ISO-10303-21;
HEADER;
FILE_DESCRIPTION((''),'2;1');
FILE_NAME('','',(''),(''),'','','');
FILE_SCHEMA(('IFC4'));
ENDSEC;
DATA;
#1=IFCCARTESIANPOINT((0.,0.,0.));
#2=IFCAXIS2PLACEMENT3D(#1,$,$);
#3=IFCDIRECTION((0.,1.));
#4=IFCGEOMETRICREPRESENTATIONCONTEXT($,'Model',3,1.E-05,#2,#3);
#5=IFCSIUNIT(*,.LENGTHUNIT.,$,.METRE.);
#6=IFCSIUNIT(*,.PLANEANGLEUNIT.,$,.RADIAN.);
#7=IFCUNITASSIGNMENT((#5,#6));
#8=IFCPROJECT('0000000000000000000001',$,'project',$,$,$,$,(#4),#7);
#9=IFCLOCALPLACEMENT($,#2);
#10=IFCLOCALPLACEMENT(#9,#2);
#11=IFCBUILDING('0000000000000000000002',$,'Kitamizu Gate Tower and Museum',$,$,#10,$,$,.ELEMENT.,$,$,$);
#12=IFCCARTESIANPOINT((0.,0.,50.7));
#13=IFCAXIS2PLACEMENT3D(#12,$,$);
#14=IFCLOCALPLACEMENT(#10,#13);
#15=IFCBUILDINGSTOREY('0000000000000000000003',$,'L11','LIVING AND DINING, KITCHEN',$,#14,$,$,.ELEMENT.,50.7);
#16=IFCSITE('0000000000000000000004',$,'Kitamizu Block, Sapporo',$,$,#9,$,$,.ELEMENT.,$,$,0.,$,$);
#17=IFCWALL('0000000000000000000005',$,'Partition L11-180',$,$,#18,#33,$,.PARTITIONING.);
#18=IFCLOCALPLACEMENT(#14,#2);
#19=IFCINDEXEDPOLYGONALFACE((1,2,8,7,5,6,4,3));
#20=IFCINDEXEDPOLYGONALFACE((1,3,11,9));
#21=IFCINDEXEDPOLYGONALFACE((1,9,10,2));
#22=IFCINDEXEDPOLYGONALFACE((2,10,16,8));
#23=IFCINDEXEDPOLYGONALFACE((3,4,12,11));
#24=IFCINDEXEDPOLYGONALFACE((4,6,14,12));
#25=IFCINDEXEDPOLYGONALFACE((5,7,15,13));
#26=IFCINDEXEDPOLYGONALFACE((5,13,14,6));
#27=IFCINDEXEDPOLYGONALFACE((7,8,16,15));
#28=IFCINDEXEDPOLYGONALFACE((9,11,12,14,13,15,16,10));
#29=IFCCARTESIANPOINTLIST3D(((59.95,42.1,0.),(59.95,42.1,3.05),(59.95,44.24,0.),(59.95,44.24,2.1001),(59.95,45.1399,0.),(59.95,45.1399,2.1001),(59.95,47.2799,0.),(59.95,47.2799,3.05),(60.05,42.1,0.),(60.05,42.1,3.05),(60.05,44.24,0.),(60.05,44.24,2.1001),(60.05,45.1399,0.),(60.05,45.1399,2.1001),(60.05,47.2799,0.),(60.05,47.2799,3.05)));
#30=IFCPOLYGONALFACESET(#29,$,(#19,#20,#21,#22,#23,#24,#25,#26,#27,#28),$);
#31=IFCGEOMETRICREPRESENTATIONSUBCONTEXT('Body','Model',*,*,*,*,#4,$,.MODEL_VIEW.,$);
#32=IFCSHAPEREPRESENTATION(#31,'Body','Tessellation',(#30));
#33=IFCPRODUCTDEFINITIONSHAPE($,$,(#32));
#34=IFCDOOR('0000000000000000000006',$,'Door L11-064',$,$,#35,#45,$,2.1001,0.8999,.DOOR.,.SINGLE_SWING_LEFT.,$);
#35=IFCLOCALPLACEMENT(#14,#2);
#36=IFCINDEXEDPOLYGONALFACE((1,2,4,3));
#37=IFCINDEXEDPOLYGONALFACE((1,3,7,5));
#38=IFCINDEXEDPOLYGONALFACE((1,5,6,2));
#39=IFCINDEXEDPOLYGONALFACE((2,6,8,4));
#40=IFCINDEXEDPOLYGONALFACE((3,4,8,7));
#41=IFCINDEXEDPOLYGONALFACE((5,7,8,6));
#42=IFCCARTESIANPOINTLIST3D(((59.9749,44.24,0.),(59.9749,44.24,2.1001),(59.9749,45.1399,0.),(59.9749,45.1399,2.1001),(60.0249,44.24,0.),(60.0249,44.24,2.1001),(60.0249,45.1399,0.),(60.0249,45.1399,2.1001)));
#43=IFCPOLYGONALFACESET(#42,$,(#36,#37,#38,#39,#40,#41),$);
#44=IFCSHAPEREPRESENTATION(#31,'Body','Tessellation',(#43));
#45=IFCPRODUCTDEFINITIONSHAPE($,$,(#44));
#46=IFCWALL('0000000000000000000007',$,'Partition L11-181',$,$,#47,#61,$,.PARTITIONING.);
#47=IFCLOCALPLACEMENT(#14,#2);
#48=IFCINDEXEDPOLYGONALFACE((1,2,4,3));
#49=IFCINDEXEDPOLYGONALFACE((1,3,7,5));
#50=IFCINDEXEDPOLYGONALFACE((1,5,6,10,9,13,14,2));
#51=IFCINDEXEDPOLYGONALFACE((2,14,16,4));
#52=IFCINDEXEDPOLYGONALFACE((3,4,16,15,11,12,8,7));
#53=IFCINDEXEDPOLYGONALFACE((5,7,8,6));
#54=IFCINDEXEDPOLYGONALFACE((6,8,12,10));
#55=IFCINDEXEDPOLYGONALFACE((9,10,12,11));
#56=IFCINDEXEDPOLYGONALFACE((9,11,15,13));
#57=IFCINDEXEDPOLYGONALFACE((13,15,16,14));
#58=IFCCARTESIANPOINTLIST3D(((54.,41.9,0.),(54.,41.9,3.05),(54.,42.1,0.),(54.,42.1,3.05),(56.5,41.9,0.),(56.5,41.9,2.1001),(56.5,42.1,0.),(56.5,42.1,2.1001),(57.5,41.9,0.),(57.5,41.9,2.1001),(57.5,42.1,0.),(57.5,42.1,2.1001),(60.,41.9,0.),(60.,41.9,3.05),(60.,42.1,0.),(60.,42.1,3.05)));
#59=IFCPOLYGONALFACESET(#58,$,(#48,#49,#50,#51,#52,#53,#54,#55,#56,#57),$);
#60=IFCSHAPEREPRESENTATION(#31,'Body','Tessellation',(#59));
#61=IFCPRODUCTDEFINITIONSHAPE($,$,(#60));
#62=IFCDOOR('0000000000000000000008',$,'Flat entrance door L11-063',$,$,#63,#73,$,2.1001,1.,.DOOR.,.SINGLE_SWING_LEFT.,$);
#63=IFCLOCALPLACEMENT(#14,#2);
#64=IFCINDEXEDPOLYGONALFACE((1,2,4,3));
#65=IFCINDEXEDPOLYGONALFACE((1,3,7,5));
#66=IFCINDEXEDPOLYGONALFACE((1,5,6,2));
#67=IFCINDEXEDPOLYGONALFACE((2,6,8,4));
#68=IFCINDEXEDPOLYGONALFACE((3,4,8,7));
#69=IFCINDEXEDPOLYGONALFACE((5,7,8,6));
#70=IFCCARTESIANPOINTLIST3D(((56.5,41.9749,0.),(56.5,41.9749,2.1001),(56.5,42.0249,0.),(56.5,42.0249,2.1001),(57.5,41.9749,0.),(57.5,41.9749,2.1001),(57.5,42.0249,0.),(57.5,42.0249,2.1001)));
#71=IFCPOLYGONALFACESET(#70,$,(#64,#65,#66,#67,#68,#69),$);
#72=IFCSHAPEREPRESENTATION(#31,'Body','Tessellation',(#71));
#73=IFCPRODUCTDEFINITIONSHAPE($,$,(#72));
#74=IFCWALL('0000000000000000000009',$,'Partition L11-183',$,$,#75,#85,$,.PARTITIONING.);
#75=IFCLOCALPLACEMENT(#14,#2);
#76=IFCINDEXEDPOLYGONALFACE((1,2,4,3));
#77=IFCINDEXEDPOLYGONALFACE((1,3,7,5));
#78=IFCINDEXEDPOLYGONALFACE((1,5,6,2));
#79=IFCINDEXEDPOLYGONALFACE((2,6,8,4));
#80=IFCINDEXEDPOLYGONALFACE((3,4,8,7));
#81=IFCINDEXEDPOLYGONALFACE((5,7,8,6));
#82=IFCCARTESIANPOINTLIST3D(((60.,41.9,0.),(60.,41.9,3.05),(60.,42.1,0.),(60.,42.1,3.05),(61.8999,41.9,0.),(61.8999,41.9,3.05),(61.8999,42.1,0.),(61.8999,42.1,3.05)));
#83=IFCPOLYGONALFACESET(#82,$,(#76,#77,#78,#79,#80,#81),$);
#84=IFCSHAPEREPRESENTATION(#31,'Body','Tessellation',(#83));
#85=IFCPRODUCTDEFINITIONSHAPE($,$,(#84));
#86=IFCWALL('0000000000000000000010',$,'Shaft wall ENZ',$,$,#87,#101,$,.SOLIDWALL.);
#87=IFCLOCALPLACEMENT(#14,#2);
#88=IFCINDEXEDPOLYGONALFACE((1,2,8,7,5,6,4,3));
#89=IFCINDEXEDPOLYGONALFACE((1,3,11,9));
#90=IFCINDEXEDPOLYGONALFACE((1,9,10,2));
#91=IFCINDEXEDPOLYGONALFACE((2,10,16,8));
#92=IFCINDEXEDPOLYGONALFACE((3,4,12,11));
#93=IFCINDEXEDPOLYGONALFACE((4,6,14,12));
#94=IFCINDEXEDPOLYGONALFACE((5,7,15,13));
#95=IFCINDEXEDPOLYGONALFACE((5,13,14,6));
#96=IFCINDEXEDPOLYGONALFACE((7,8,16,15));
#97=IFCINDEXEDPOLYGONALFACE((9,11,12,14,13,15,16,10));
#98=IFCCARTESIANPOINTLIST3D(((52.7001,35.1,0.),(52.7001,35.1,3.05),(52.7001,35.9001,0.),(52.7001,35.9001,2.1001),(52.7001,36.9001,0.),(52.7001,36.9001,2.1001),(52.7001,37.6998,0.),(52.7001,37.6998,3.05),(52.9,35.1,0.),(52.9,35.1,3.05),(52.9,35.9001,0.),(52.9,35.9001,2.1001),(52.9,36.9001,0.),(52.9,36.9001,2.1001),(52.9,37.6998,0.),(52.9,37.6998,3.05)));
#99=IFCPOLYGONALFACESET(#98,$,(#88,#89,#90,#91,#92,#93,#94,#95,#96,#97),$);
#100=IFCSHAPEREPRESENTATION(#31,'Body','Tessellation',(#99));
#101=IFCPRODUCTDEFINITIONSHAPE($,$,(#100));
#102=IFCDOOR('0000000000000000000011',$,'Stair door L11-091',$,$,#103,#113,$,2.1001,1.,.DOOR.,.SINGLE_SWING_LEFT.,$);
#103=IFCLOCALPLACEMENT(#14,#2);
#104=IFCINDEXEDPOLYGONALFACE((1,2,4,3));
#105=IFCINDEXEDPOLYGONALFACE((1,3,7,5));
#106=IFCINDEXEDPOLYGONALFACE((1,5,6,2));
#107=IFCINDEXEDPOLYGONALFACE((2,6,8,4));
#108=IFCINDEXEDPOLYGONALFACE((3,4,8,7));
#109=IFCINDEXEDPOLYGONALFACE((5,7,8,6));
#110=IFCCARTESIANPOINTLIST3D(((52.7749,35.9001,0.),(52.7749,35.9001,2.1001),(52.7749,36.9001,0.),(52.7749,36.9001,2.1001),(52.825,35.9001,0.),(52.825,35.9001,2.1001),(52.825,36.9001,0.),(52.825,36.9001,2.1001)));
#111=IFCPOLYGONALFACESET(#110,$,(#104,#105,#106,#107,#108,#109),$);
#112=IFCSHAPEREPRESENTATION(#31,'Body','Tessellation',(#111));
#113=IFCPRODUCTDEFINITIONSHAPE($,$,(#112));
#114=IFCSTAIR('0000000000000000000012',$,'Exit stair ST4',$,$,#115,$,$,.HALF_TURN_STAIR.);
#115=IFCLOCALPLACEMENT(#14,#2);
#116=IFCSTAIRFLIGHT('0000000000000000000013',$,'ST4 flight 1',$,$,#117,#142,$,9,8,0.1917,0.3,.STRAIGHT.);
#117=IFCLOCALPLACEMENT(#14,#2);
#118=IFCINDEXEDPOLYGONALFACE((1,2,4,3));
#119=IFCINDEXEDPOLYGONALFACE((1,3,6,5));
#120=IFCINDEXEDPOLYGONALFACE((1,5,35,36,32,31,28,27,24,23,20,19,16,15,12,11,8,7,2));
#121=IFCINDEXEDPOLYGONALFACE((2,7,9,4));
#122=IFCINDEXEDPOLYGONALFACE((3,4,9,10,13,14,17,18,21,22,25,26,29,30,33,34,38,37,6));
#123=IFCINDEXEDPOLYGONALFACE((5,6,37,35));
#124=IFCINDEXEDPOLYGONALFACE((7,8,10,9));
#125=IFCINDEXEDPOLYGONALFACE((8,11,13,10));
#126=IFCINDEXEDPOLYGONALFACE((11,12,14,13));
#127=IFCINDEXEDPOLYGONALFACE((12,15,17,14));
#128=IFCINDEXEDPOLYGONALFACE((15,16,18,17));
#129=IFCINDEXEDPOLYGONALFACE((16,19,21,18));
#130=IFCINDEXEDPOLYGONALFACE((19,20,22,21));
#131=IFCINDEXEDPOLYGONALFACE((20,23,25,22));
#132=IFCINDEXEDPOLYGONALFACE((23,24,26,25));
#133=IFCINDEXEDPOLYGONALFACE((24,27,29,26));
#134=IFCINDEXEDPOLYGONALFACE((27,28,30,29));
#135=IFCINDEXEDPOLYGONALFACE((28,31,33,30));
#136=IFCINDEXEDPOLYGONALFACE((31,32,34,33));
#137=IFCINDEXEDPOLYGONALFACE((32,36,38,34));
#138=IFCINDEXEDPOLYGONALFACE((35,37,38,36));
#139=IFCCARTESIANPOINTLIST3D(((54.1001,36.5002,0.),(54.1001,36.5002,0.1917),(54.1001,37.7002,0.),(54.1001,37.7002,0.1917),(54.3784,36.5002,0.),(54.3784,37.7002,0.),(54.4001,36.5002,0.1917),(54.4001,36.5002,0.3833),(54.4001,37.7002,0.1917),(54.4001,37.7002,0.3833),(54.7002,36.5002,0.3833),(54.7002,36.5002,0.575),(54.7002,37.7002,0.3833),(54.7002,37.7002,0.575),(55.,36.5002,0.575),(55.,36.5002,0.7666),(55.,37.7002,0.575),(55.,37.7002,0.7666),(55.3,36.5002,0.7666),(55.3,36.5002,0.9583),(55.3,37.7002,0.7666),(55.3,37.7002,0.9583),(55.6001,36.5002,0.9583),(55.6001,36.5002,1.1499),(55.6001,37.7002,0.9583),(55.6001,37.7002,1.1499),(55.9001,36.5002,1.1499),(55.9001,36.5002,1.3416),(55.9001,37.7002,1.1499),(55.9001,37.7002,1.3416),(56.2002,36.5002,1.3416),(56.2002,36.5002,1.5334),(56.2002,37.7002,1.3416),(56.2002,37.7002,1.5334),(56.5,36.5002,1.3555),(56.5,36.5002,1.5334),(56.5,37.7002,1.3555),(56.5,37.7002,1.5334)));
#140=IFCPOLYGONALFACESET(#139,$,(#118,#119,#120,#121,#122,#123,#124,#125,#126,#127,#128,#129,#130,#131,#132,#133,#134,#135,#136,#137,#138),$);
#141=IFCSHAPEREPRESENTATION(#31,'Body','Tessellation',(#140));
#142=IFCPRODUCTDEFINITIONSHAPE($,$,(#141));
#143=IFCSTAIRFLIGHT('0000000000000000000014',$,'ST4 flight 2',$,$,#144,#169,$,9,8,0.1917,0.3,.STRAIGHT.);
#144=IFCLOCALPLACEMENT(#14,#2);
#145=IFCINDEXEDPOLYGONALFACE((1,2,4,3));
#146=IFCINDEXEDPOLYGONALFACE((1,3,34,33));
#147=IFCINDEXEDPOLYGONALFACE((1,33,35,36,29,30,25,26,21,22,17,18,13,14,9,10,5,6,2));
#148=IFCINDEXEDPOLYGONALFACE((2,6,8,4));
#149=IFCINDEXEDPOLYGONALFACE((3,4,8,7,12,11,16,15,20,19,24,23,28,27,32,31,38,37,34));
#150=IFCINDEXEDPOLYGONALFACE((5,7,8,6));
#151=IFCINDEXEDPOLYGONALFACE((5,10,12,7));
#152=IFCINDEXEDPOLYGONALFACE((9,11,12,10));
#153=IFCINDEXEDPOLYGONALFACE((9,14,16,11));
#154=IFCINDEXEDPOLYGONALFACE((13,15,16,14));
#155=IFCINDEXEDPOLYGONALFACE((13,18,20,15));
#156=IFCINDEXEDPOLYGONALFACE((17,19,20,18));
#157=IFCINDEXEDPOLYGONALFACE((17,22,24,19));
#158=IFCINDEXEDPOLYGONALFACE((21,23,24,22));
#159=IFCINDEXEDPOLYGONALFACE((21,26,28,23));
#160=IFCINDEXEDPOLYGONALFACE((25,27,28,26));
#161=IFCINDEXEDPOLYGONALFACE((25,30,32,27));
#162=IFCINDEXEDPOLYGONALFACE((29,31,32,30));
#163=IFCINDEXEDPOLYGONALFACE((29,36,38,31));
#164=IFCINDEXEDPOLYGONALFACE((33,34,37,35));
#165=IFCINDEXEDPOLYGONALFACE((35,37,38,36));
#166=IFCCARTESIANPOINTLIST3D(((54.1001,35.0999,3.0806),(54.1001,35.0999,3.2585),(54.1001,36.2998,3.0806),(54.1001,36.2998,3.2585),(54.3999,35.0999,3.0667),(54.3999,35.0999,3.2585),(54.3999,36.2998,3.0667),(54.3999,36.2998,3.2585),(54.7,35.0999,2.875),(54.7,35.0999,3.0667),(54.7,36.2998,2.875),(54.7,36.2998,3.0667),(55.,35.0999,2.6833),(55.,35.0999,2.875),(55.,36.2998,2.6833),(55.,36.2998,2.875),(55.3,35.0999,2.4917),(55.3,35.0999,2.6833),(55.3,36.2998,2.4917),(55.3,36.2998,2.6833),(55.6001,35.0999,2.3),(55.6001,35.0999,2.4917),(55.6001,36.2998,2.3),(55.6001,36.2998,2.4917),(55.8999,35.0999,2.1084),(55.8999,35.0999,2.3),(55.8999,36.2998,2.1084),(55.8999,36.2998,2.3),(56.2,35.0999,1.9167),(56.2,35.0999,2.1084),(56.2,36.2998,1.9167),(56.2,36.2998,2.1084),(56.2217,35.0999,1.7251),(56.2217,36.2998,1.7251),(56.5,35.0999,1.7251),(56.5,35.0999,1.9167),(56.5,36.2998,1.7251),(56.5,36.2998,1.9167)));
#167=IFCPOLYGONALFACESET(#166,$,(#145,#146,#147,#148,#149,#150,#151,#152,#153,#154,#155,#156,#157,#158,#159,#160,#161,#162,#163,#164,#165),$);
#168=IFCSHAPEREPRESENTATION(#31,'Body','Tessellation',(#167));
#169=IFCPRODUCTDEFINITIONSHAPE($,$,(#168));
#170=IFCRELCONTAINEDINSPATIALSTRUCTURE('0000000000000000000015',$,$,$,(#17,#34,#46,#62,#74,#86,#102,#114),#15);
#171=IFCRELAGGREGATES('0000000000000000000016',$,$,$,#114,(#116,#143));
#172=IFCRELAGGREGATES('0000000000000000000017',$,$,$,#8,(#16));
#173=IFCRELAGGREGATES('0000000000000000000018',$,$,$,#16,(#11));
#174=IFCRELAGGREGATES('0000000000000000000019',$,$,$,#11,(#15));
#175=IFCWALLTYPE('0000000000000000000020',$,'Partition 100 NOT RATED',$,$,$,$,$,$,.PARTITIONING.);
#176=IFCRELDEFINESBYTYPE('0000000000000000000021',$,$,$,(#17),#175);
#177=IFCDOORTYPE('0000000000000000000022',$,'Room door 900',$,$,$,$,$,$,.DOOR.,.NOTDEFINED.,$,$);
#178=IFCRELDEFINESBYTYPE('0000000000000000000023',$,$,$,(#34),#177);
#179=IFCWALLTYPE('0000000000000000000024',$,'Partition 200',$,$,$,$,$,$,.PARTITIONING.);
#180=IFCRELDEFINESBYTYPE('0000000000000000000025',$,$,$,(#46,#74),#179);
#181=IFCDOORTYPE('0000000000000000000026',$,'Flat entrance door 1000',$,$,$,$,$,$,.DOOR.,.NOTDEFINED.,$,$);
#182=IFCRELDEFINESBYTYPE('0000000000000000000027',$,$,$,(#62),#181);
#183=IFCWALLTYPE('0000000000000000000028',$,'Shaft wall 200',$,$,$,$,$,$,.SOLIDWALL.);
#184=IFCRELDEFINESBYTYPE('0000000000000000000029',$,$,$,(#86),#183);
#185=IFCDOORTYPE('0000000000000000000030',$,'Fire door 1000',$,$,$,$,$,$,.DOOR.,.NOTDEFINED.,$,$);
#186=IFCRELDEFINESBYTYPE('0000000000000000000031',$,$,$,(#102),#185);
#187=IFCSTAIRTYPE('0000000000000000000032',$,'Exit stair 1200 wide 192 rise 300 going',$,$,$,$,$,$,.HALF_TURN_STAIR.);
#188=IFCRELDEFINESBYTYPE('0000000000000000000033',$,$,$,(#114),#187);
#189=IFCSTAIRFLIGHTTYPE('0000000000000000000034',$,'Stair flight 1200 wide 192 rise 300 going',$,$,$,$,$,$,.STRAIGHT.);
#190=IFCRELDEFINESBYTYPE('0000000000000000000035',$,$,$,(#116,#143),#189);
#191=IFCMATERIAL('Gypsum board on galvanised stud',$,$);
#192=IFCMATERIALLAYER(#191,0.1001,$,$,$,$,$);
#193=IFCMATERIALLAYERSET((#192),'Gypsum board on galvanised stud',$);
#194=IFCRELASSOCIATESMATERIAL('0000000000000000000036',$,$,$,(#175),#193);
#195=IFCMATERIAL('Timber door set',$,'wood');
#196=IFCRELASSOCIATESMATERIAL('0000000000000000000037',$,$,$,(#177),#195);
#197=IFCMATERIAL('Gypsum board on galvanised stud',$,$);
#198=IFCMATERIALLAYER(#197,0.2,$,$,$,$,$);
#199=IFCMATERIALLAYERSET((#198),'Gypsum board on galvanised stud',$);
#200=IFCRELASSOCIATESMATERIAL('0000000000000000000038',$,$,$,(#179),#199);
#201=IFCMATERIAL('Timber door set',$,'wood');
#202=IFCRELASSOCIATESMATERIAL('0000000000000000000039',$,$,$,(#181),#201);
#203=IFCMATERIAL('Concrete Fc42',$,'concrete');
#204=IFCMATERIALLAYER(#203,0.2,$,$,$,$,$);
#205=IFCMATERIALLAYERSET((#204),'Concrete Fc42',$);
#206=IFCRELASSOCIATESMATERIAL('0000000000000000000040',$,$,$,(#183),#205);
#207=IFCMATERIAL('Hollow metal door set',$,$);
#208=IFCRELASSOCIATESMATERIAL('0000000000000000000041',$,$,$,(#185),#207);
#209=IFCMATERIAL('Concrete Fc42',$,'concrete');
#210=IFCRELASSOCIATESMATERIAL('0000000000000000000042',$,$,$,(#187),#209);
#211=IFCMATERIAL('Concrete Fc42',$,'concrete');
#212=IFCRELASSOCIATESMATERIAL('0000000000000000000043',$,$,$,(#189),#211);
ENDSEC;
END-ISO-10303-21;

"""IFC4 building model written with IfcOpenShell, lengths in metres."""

from ifc_helpers import new_model, si_unit, direction, frame, frame_2d, origin, place, context, subcontext, project, spatial, polyline, rectangle, outline, extrude, material, layer, layer_set, type_object, element, fill, aggregate, save


model = new_model("IFC4")

# Units and contexts
model_context = context("Model", 3, precision=1e-05, world=origin(), true_north=direction((0.0, 1.0)))
body_context = subcontext(model_context, "Body", "Model", "MODEL_VIEW")
ifc_project = project(units=[si_unit("LENGTHUNIT", "METRE"), si_unit("PLANEANGLEUNIT", "RADIAN")], contexts=[model_context])

# Site, building, storey
site_placement = place(None, origin())
site = spatial("IfcSite", under=ifc_project, at=site_placement, Name="Kitamizu Block, Sapporo", CompositionType="ELEMENT", RefElevation=0.0)
building_placement = place(site_placement, origin())
building = spatial("IfcBuilding", under=site, at=building_placement, Name="Kitamizu Gate Tower and Museum", CompositionType="ELEMENT")
storey_placement = place(building_placement, frame((0.0, 0.0, 50.7)))
storey = spatial("IfcBuildingStorey", under=building, at=storey_placement, Name="L11", Description="LIVING AND DINING, KITCHEN", CompositionType="ELEMENT", Elevation=50.7)

# Walls, openings, doors
ifc_material_1 = material(Name="Gypsum board on galvanised stud")
ifc_layer_1 = layer(ifc_material_1, 0.1001)
ifc_layer_set_1 = layer_set([ifc_layer_1], Name="Gypsum board on galvanised stud")
wall_type_1 = type_object("IfcWallType", Name="Partition 100 NOT RATED", PredefinedType="PARTITIONING", material=ifc_layer_set_1)
ifc_material_2 = material(Name="Timber door set", Category="wood")
door_type_1 = type_object("IfcDoorType", Name="Room door 900", OperationType="NOTDEFINED", PredefinedType="DOOR", material=ifc_material_2)
wall_1_placement = place(storey_placement, frame((60.0, 42.1001, 0.0), z_axis=(0.0, 0.0, 1.0), x_axis=(0.0, 1.0, 0.0)))
wall_1 = element("IfcWall", 1, at=wall_1_placement, inside=storey, type_object=wall_type_1, Name="Partition L11-180", PredefinedType="PARTITIONING", context=body_context, shape_type="SweptSolid", body=[
    extrude(rectangle(XDim=5.1799, YDim=0.1001, at=frame_2d((2.5898, 0.0))), origin(), (0.0, 0.0, 1.0), 3.05),
])
opening_1_placement = place(wall_1_placement, frame((2.1399, 0.0, 0.0)))
opening_1 = element("IfcOpeningElement", 2, at=opening_1_placement, cuts=wall_1, PredefinedType="OPENING", context=body_context, shape_type="SweptSolid", body=[
    extrude(rectangle(XDim=0.8999, YDim=2.1001, at=frame_2d((0.45, 1.05))), frame((0.0, 0.0601, 0.0), z_axis=(0.0, -1.0, 0.0), x_axis=(1.0, 0.0, 0.0)), (0.0, 0.0, 1.0), 0.1201),
])
door_1_placement = place(opening_1_placement, frame((0.8999, 0.0, 0.0), x_axis=(-1.0, 0.0, 0.0)))
door_1 = element("IfcDoor", 3, at=door_1_placement, inside=storey, type_object=door_type_1, Name="Door L11-064", OperationType="SINGLE_SWING_LEFT", OverallHeight=2.1001, OverallWidth=0.8999, PredefinedType="DOOR", context=body_context, shape_type="SweptSolid", body=[
    extrude(rectangle(XDim=0.8999, YDim=2.1001, at=frame_2d((0.45, 1.05))), frame((0.0, 0.0249, 0.0), z_axis=(0.0, -1.0, 0.0), x_axis=(1.0, 0.0, 0.0)), (0.0, 0.0, 1.0), 0.05),
])
fill(opening_1, door_1)
ifc_material_3 = material(Name="Gypsum board on galvanised stud")
ifc_layer_2 = layer(ifc_material_3, 0.2)
ifc_layer_set_2 = layer_set([ifc_layer_2], Name="Gypsum board on galvanised stud")
wall_type_2 = type_object("IfcWallType", Name="Partition 200", PredefinedType="PARTITIONING", material=ifc_layer_set_2)
wall_2_placement = place(storey_placement, frame((54.0, 42.0, 0.0), z_axis=(0.0, 0.0, 1.0), x_axis=(1.0, 0.0, 0.0)))
wall_2 = element("IfcWall", 4, at=wall_2_placement, inside=storey, type_object=wall_type_2, Name="Partition L11-181", PredefinedType="PARTITIONING", context=body_context, shape_type="SweptSolid", body=[
    extrude(rectangle(XDim=6.0, YDim=0.2, at=frame_2d((3.0, 0.0))), origin(), (0.0, 0.0, 1.0), 3.05),
])
opening_2_placement = place(wall_2_placement, frame((2.5, 0.0, 0.0)))
opening_2 = element("IfcOpeningElement", 5, at=opening_2_placement, cuts=wall_2, PredefinedType="OPENING", context=body_context, shape_type="SweptSolid", body=[
    extrude(rectangle(XDim=1.0, YDim=2.1001, at=frame_2d((0.5, 1.05))), frame((0.0, 0.1099, 0.0), z_axis=(0.0, -1.0, 0.0), x_axis=(1.0, 0.0, 0.0)), (0.0, 0.0, 1.0), 0.22),
])
ifc_material_4 = material(Name="Timber door set", Category="wood")
door_type_2 = type_object("IfcDoorType", Name="Flat entrance door 1000", OperationType="NOTDEFINED", PredefinedType="DOOR", material=ifc_material_4)
door_2_placement = place(opening_2_placement, origin())
door_2 = element("IfcDoor", 6, at=door_2_placement, inside=storey, type_object=door_type_2, Name="Flat entrance door L11-063", OperationType="SINGLE_SWING_LEFT", OverallHeight=2.1001, OverallWidth=1.0, PredefinedType="DOOR", context=body_context, shape_type="SweptSolid", body=[
    extrude(rectangle(XDim=1.0, YDim=2.1001, at=frame_2d((0.5, 1.05))), frame((0.0, 0.0249, 0.0), z_axis=(0.0, -1.0, 0.0), x_axis=(1.0, 0.0, 0.0)), (0.0, 0.0, 1.0), 0.05),
])
fill(opening_2, door_2)

# Wall
wall_3_placement = place(storey_placement, frame((60.0, 42.0, 0.0), z_axis=(0.0, 0.0, 1.0), x_axis=(1.0, 0.0, 0.0)))
element("IfcWall", 7, at=wall_3_placement, inside=storey, type_object=wall_type_2, Name="Partition L11-183", PredefinedType="PARTITIONING", context=body_context, shape_type="SweptSolid", body=[
    extrude(rectangle(XDim=1.8999, YDim=0.2, at=frame_2d((0.95, 0.0))), origin(), (0.0, 0.0, 1.0), 3.05),
])

# Wall, opening, door
ifc_material_5 = material(Name="Concrete Fc42", Category="concrete")
ifc_layer_3 = layer(ifc_material_5, 0.2)
ifc_layer_set_3 = layer_set([ifc_layer_3], Name="Concrete Fc42")
wall_type_3 = type_object("IfcWallType", Name="Shaft wall 200", PredefinedType="SOLIDWALL", material=ifc_layer_set_3)
wall_4_placement = place(storey_placement, frame((52.8, 35.1001, 0.0), z_axis=(0.0, 0.0, 1.0), x_axis=(0.0, 1.0, 0.0)))
wall_4 = element("IfcWall", 8, at=wall_4_placement, inside=storey, type_object=wall_type_3, Name="Shaft wall ENZ", PredefinedType="SOLIDWALL", context=body_context, shape_type="SweptSolid", body=[
    extrude(rectangle(XDim=2.5999, YDim=0.2, at=frame_2d((1.2998, 0.0))), origin(), (0.0, 0.0, 1.0), 3.05),
])
opening_3_placement = place(wall_4_placement, frame((0.8, 0.0, 0.0)))
opening_3 = element("IfcOpeningElement", 9, at=opening_3_placement, cuts=wall_4, PredefinedType="OPENING", context=body_context, shape_type="SweptSolid", body=[
    extrude(rectangle(XDim=1.0, YDim=2.1001, at=frame_2d((0.5, 1.05))), frame((0.0, 0.1099, 0.0), z_axis=(0.0, -1.0, 0.0), x_axis=(1.0, 0.0, 0.0)), (0.0, 0.0, 1.0), 0.22),
])
ifc_material_6 = material(Name="Hollow metal door set")
door_type_3 = type_object("IfcDoorType", Name="Fire door 1000", OperationType="NOTDEFINED", PredefinedType="DOOR", material=ifc_material_6)
door_3_placement = place(opening_3_placement, frame((1.0, 0.0, 0.0), x_axis=(-1.0, 0.0, 0.0)))
door_3 = element("IfcDoor", 10, at=door_3_placement, inside=storey, type_object=door_type_3, Name="Stair door L11-091", OperationType="SINGLE_SWING_LEFT", OverallHeight=2.1001, OverallWidth=1.0, PredefinedType="DOOR", context=body_context, shape_type="SweptSolid", body=[
    extrude(rectangle(XDim=1.0, YDim=2.1001, at=frame_2d((0.5, 1.05))), frame((0.0, 0.0249, 0.0), z_axis=(0.0, -1.0, 0.0), x_axis=(1.0, 0.0, 0.0)), (0.0, 0.0, 1.0), 0.05),
])
fill(opening_3, door_3)

# Stair, stair flights
ifc_material_7 = material(Name="Concrete Fc42", Category="concrete")
stair_type = type_object("IfcStairType", Name="Exit stair 1200 wide 192 rise 300 going", PredefinedType="HALF_TURN_STAIR", material=ifc_material_7)
stair_placement = place(storey_placement, origin())
stair = element("IfcStair", 11, at=stair_placement, inside=storey, type_object=stair_type, Name="Exit stair ST4", PredefinedType="HALF_TURN_STAIR")
ifc_material_8 = material(Name="Concrete Fc42", Category="concrete")
stair_flight_type = type_object("IfcStairFlightType", Name="Stair flight 1200 wide 192 rise 300 going", PredefinedType="STRAIGHT", material=ifc_material_8)
stair_flight_1_placement = place(storey_placement, frame((54.1001, 37.1001, 0.0), z_axis=(0.0, 0.0, 1.0), x_axis=(1.0, 0.0, 0.0)))
stair_flight_1 = element("IfcStairFlight", 12, at=stair_flight_1_placement, type_object=stair_flight_type, Name="ST4 flight 1", NumberOfRisers=9, NumberOfTreads=8, PredefinedType="STRAIGHT", RiserHeight=0.1917, TreadLength=0.3, context=body_context, shape_type="SweptSolid", body=[
    extrude(outline(polyline([(0.0, 0.0), (0.0, 0.1917), (0.3, 0.1917), (0.3, 0.3833), (0.6001, 0.3833), (0.6001, 0.575), (0.8999, 0.575), (0.8999, 0.7666), (1.2, 0.7666), (1.2, 0.9583), (1.5, 0.9583), (1.5, 1.1499), (1.8, 1.1499), (1.8, 1.3416), (2.1001, 1.3416), (2.1001, 1.5334), (2.3999, 1.5334), (2.3999, 1.7251), (2.3999, 1.3555), (0.2783, 0.0), (0.0, 0.0)])), frame((0.0, 0.6001, 0.0), z_axis=(0.0, -1.0, 0.0), x_axis=(1.0, 0.0, 0.0)), (0.0, 0.0, 1.0), 1.2),
])
stair_flight_2_placement = place(storey_placement, frame((56.5, 35.7, 1.7251), z_axis=(0.0, 0.0, 1.0), x_axis=(-1.0, 0.0, 0.0)))
stair_flight_2 = element("IfcStairFlight", 13, at=stair_flight_2_placement, type_object=stair_flight_type, Name="ST4 flight 2", NumberOfRisers=9, NumberOfTreads=8, PredefinedType="STRAIGHT", RiserHeight=0.1917, TreadLength=0.3, context=body_context, shape_type="SweptSolid", body=[
    extrude(outline(polyline([(0.0, 0.0), (0.0, 0.1917), (0.3, 0.1917), (0.3, 0.3833), (0.6001, 0.3833), (0.6001, 0.575), (0.8999, 0.575), (0.8999, 0.7666), (1.2, 0.7666), (1.2, 0.9583), (1.5, 0.9583), (1.5, 1.1499), (1.8, 1.1499), (1.8, 1.3416), (2.1001, 1.3416), (2.1001, 1.5334), (2.3999, 1.5334), (2.3999, 1.7251), (2.3999, 1.3555), (0.2783, 0.0), (0.0, 0.0)])), frame((0.0, 0.6001, 0.0), z_axis=(0.0, -1.0, 0.0), x_axis=(1.0, 0.0, 0.0)), (0.0, 0.0, 1.0), 1.2),
])
aggregate(stair, [stair_flight_1, stair_flight_2])

save(model, "model.ifc")
